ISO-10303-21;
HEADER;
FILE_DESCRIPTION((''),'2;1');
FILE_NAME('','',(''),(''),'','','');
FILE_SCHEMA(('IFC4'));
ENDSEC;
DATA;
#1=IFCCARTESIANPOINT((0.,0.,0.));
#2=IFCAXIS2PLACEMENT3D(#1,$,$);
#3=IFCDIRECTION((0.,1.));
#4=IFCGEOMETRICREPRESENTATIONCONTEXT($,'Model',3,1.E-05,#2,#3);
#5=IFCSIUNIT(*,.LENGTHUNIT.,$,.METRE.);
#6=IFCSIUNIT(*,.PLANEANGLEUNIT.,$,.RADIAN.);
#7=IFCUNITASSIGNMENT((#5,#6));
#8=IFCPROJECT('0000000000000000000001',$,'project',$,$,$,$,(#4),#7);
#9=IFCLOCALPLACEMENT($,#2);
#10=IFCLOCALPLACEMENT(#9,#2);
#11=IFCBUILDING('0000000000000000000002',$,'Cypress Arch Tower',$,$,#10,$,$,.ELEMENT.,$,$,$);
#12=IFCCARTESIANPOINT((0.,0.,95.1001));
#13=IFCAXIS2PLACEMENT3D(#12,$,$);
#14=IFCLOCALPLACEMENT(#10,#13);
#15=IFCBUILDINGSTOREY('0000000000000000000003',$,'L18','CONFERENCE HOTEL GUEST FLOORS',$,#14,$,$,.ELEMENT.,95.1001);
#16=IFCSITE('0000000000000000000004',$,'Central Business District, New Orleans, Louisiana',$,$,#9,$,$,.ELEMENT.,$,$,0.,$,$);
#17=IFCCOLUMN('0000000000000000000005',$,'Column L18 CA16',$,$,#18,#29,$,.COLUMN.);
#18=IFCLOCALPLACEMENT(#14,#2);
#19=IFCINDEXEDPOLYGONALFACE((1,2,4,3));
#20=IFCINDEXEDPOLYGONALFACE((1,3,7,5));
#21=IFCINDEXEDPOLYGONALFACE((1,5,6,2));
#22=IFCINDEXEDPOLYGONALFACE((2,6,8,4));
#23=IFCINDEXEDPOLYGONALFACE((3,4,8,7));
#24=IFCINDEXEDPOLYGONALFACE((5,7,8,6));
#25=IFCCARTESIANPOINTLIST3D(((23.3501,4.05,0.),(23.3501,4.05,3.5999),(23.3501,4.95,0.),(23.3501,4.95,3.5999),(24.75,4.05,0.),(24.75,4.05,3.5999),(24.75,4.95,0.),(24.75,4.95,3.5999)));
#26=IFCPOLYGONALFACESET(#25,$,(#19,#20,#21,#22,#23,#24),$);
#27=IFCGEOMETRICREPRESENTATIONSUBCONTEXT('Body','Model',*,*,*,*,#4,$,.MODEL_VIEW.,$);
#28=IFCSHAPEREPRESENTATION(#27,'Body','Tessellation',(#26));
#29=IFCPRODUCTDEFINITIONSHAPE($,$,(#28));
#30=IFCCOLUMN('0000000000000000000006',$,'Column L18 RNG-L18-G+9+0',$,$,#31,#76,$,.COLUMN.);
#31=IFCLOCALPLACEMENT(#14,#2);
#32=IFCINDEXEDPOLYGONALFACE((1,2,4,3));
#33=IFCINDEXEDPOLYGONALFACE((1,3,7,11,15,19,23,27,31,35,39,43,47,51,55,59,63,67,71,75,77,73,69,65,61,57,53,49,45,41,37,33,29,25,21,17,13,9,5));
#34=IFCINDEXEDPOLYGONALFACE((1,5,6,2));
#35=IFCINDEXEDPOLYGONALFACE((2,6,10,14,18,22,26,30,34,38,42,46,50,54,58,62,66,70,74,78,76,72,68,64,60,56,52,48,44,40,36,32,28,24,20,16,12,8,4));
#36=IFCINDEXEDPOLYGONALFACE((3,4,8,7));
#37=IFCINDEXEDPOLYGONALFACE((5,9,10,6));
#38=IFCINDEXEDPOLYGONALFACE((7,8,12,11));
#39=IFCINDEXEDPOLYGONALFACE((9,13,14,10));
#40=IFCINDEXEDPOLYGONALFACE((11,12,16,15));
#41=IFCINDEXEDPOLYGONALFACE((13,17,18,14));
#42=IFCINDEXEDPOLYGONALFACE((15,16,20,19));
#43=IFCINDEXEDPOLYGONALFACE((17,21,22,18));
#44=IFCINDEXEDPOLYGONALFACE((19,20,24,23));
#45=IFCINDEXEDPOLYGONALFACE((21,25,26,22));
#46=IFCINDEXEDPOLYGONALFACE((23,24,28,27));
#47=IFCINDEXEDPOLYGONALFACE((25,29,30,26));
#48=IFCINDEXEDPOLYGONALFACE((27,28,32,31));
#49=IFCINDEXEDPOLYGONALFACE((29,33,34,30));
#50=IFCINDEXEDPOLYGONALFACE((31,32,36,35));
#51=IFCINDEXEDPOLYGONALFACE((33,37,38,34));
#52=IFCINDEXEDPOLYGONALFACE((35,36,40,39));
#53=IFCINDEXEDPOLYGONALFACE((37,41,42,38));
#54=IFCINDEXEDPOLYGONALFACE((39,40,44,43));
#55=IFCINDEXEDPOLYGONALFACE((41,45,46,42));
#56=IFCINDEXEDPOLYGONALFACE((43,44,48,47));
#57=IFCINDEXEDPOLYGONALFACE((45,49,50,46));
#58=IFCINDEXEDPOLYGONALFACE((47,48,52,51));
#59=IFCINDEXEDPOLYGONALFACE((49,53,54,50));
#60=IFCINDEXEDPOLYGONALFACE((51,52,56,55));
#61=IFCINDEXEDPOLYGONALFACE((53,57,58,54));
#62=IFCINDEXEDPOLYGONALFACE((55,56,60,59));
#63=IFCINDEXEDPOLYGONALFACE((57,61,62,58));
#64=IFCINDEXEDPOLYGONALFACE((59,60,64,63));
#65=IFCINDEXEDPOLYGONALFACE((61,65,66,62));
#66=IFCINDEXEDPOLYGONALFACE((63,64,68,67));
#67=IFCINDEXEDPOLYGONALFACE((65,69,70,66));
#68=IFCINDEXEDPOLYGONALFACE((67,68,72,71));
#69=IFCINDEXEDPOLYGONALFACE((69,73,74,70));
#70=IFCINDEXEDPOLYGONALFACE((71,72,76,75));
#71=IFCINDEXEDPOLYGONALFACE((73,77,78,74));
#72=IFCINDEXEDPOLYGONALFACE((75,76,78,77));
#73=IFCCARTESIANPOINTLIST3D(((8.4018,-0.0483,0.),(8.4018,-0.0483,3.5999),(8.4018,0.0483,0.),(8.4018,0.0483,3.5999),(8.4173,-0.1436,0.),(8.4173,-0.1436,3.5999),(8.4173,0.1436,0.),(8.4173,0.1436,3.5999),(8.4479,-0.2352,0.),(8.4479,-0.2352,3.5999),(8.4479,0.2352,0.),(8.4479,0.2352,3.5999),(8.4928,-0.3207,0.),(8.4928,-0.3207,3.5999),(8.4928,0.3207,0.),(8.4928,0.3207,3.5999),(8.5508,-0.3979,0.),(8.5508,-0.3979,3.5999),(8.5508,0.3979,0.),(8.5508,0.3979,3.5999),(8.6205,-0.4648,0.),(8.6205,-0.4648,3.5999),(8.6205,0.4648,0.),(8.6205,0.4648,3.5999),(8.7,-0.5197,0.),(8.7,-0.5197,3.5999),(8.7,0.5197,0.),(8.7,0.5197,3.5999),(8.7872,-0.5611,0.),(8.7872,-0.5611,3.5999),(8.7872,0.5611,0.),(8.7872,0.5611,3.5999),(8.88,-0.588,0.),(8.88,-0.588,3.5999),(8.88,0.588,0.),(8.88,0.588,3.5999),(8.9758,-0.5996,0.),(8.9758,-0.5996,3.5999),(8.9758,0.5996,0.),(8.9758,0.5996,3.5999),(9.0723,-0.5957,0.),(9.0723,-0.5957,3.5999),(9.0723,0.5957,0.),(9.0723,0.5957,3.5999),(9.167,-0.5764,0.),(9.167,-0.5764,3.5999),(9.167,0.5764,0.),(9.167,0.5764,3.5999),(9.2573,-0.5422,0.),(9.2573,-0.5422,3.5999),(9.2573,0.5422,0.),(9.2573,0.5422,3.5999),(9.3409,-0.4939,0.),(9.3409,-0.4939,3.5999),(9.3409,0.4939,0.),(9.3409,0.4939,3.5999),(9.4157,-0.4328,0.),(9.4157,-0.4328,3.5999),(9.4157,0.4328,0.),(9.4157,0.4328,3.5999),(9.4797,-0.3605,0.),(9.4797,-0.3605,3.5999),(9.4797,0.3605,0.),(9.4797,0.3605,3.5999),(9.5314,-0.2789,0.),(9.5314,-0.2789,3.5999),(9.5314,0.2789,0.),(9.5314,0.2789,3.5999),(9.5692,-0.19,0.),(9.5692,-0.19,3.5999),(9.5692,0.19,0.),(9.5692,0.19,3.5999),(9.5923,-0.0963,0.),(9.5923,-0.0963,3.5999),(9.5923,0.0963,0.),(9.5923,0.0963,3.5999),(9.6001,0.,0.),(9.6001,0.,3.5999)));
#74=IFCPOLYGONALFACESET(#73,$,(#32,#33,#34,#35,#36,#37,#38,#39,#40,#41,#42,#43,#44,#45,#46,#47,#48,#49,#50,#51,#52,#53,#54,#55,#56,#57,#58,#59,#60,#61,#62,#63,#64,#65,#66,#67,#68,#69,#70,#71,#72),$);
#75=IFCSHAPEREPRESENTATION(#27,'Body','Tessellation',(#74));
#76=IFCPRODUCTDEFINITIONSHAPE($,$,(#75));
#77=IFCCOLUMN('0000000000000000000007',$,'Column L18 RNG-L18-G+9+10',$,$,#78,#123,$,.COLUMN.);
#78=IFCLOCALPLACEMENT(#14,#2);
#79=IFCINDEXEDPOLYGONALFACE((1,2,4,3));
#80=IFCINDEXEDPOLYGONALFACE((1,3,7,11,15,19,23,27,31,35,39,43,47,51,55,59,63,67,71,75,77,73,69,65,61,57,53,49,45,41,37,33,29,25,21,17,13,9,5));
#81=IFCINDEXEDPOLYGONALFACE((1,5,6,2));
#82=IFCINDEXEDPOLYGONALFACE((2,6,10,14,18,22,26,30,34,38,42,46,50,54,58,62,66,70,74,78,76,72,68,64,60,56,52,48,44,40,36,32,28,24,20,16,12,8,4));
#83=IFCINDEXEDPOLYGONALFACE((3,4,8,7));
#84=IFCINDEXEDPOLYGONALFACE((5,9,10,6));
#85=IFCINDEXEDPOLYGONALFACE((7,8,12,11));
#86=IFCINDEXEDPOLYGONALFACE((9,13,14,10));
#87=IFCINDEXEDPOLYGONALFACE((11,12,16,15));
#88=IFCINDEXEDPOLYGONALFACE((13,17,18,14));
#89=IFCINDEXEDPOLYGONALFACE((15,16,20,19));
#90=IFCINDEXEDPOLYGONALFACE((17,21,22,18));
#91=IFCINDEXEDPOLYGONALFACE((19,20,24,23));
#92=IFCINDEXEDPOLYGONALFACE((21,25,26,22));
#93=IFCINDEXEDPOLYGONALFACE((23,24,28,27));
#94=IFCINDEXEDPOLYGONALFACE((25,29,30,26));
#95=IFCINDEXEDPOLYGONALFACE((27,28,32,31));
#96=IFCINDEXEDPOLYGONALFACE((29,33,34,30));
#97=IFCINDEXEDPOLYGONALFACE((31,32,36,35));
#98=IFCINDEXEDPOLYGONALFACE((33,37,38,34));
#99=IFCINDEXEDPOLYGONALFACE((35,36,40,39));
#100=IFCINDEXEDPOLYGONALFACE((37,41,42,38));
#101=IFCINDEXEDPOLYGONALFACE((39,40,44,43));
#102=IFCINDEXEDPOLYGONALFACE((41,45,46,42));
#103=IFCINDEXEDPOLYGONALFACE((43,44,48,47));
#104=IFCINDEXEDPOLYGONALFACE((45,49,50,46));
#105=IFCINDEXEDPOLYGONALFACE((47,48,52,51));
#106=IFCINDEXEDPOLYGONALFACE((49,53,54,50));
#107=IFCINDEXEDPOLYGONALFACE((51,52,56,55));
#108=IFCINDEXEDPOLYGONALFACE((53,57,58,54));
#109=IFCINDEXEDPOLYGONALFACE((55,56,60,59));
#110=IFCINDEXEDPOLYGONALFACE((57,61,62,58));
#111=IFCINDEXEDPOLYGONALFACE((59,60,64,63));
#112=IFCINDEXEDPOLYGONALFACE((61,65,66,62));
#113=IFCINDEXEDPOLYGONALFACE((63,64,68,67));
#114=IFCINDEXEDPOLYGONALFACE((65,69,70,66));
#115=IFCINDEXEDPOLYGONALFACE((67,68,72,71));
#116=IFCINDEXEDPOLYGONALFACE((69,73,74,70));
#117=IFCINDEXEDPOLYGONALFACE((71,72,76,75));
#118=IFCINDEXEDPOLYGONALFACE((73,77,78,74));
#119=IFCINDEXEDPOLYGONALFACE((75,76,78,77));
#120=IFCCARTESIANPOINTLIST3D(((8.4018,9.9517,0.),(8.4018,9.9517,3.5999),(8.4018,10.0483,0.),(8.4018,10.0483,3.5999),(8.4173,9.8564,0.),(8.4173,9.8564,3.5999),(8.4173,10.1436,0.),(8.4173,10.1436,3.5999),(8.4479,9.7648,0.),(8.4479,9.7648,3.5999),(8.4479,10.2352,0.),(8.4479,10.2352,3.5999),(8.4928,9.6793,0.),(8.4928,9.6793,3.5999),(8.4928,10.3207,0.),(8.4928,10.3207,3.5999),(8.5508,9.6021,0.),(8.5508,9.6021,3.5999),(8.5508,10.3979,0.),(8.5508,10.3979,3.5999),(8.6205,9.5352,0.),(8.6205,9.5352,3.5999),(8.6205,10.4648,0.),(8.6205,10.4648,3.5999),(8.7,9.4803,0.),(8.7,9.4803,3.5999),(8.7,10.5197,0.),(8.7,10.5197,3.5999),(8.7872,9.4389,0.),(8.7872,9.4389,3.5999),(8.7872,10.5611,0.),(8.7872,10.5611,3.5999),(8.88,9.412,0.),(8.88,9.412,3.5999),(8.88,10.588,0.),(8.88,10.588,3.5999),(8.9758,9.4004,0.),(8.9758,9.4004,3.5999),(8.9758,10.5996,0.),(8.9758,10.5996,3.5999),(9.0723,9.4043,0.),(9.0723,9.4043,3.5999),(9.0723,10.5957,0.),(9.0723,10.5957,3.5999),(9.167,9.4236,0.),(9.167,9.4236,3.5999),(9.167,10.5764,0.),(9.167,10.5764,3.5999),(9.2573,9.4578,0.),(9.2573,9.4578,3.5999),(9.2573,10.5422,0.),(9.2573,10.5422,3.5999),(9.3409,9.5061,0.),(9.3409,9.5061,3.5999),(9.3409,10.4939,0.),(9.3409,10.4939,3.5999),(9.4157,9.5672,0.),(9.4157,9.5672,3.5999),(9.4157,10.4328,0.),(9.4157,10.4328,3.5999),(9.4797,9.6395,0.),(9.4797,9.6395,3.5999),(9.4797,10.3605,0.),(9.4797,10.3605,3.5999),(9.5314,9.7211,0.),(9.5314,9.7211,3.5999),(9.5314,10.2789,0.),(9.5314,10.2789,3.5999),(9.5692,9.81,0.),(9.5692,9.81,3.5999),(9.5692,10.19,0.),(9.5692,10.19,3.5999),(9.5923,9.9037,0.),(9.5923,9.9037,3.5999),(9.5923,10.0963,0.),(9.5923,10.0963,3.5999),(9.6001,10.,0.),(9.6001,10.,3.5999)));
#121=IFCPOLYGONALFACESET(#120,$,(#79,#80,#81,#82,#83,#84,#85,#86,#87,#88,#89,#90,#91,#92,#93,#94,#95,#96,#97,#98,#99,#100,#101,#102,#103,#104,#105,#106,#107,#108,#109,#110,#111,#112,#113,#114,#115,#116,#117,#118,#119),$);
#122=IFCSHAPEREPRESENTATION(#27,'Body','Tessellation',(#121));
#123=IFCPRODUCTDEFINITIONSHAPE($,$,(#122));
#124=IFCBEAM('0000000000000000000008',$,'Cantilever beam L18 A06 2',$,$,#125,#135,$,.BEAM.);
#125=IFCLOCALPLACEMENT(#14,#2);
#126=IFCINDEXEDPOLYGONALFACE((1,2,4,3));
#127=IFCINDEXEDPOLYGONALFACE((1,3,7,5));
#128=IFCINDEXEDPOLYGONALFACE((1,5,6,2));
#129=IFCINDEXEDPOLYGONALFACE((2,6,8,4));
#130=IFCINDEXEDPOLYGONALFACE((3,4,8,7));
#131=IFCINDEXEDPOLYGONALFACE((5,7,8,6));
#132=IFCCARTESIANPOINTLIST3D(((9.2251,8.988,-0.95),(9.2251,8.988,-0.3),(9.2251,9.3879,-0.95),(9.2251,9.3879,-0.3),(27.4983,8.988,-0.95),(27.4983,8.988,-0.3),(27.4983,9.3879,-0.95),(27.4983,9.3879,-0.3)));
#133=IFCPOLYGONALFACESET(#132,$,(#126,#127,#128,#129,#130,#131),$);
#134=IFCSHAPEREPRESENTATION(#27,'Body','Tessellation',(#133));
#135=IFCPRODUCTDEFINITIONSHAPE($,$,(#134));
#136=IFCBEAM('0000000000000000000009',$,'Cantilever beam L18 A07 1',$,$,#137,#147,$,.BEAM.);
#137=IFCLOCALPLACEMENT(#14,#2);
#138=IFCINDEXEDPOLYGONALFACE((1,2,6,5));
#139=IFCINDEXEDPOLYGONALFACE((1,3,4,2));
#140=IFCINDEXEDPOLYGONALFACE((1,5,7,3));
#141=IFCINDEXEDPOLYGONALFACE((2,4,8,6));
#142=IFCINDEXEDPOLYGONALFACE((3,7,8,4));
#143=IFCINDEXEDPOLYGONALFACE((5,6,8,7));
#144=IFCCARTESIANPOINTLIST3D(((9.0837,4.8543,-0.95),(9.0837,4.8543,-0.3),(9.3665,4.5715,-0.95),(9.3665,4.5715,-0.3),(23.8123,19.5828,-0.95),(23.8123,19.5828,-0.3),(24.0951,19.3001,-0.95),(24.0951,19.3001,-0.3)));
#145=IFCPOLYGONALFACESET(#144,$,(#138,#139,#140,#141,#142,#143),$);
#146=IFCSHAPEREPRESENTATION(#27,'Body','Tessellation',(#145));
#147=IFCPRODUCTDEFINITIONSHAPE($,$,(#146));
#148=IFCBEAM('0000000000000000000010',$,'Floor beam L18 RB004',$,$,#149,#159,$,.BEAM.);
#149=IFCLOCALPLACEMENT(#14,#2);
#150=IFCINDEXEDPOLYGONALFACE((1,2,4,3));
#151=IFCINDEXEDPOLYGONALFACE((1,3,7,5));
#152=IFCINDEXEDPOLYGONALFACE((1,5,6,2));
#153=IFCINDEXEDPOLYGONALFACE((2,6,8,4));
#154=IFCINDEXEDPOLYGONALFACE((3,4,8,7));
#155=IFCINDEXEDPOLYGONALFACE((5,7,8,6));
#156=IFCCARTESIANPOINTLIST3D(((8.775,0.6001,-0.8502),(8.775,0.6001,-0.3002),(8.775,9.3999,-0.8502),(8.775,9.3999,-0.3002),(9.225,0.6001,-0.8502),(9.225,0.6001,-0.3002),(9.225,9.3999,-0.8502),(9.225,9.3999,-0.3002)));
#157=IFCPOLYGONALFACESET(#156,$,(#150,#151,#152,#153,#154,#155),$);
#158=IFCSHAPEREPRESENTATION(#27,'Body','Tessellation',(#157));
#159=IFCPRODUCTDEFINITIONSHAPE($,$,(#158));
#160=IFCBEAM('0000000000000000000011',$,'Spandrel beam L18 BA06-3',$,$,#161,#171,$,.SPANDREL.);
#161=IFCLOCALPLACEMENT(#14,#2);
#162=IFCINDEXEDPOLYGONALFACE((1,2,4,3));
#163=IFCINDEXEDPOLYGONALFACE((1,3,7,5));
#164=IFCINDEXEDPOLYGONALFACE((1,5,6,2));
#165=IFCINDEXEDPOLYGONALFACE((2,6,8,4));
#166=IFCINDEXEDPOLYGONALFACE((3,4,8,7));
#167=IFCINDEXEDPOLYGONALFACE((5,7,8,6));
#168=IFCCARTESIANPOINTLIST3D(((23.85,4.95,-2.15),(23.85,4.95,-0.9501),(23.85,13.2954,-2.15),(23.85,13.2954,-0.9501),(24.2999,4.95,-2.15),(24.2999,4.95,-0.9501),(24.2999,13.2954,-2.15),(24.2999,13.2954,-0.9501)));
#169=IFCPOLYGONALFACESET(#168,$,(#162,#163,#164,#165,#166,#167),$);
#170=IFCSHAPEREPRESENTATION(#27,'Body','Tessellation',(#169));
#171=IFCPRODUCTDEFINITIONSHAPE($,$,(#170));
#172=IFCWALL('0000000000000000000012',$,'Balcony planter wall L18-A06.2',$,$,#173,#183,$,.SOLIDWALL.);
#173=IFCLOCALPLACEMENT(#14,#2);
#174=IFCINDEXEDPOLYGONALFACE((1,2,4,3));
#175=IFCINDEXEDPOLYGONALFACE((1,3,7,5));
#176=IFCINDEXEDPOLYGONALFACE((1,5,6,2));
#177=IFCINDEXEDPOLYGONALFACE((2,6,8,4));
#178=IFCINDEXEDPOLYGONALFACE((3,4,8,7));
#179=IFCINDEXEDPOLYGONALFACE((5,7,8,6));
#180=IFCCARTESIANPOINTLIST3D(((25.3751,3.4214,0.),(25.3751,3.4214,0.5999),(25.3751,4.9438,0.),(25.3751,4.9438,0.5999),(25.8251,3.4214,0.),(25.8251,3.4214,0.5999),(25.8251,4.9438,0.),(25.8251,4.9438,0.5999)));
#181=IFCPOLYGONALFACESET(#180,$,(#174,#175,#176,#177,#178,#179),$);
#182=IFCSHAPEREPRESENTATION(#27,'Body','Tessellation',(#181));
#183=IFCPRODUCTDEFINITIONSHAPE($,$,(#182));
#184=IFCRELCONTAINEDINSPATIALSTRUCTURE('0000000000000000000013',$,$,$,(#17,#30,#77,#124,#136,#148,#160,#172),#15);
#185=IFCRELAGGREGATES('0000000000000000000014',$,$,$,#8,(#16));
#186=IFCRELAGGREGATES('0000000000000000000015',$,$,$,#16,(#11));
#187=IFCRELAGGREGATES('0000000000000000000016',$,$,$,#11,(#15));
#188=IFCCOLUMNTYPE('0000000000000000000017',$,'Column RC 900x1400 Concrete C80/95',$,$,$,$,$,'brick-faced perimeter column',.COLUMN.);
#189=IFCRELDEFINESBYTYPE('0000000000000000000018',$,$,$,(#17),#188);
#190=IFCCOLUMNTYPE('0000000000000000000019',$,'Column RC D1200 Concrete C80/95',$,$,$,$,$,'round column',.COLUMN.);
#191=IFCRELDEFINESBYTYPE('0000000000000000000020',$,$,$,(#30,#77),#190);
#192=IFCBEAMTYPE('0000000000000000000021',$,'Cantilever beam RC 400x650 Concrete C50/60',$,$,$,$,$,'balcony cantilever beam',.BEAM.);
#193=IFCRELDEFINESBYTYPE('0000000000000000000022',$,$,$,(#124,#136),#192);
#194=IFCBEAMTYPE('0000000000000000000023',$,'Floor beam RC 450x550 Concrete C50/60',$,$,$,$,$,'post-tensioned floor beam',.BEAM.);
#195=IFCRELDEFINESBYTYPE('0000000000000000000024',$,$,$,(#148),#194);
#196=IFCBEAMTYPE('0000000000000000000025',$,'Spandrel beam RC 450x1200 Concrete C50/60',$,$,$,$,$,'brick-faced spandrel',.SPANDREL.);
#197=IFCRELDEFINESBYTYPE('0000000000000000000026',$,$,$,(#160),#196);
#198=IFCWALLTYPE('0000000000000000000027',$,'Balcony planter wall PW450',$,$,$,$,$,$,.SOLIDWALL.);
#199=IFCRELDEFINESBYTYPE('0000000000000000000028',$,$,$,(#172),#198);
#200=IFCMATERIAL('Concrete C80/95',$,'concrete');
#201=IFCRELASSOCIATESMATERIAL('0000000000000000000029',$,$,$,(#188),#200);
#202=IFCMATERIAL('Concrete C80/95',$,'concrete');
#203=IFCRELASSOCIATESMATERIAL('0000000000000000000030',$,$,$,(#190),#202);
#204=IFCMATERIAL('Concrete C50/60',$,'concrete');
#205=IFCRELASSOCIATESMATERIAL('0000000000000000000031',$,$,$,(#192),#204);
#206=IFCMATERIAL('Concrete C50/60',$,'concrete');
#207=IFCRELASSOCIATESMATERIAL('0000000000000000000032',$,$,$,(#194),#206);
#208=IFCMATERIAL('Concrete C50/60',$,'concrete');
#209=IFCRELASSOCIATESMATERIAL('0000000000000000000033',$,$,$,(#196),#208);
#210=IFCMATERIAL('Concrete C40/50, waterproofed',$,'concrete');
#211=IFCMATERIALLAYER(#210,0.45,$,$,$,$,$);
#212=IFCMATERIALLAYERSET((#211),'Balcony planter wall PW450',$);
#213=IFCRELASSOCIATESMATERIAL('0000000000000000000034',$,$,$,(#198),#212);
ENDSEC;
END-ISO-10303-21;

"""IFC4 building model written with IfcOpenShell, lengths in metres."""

from ifc_helpers import new_model, si_unit, direction, frame, frame_2d, origin, origin_2d, place, context, subcontext, project, spatial, rectangle, circle, extrude, material, layer, layer_set, material_profile, profile_set, type_object, element, save


model = new_model("IFC4")

# Units and contexts
model_context = context("Model", 3, precision=1e-05, world=origin(), true_north=direction((0.0, 1.0)))
body_context = subcontext(model_context, "Body", "Model", "MODEL_VIEW")
ifc_project = project(units=[si_unit("LENGTHUNIT", "METRE"), si_unit("PLANEANGLEUNIT", "RADIAN")], contexts=[model_context])

# Site, building, storey
site_placement = place(None, origin())
site = spatial("IfcSite", under=ifc_project, at=site_placement, Name="Central Business District, New Orleans, Louisiana", CompositionType="ELEMENT", RefElevation=0.0)
building_placement = place(site_placement, origin())
building = spatial("IfcBuilding", under=site, at=building_placement, Name="Cypress Arch Tower", CompositionType="ELEMENT")
storey_placement = place(building_placement, frame((0.0, 0.0, 95.1001)))
storey = spatial("IfcBuildingStorey", under=building, at=storey_placement, Name="L18", Description="CONFERENCE HOTEL GUEST FLOORS", CompositionType="ELEMENT", Elevation=95.1001)

# Columns
ifc_material_1 = material(Name="Concrete C80/95", Category="concrete")
ifc_material_profile_1 = material_profile(ifc_material_1, rectangle(XDim=0.8999, YDim=1.3999, at=origin_2d()), Name="RC 900x1400")
ifc_profile_set_1 = profile_set([ifc_material_profile_1], Name="Concrete C80/95")
column_type_1 = type_object("IfcColumnType", Name="Column RC 900x1400 Concrete C80/95", ElementType="brick-faced perimeter column", PredefinedType="COLUMN", material=ifc_profile_set_1)
column_placement = place(storey_placement, frame((24.05, 4.5, 0.0), z_axis=(0.0, 0.0, 1.0), x_axis=(0.0, 1.0, 0.0)))
element("IfcColumn", 1, at=column_placement, inside=storey, type_object=column_type_1, Name="Column L18 CA16", PredefinedType="COLUMN", context=body_context, shape_type="SweptSolid", body=[
    extrude(rectangle(XDim=0.8999, YDim=1.3999, at=origin_2d()), origin(), (0.0, 0.0, 1.0), 3.5999),
])
ifc_material_2 = material(Name="Concrete C80/95", Category="concrete")
ifc_material_profile_2 = material_profile(ifc_material_2, circle(Radius=0.6001, at=origin_2d()), Name="RC D1200")
ifc_profile_set_2 = profile_set([ifc_material_profile_2], Name="Concrete C80/95")
column_type_2 = type_object("IfcColumnType", Name="Column RC D1200 Concrete C80/95", ElementType="round column", PredefinedType="COLUMN", material=ifc_profile_set_2)
for number, where, z_axis, x_axis, name in (
    (2, (9.0, 0.0, 0.0), (0.0, 0.0, 1.0), (1.0, 0.0, 0.0), "Column L18 RNG-L18-G+9+0"),
    (3, (9.0, 10.0, 0.0), (0.0, 0.0, 1.0), (1.0, 0.0, 0.0), "Column L18 RNG-L18-G+9+10"),
):
    element("IfcColumn", number, at=place(storey_placement, frame(where, z_axis=z_axis, x_axis=x_axis)), inside=storey, type_object=column_type_2, Name=name, PredefinedType="COLUMN", context=body_context, shape_type="SweptSolid", body=[
        extrude(circle(Radius=0.6001, at=origin_2d()), origin(), (0.0, 0.0, 1.0), 3.5999),
    ])

# Beams
ifc_material_3 = material(Name="Concrete C50/60", Category="concrete")
ifc_material_profile_3 = material_profile(ifc_material_3, rectangle(XDim=0.3999, YDim=0.6499, at=origin_2d()), Name="RC 400x650")
ifc_profile_set_3 = profile_set([ifc_material_profile_3], Name="Concrete C50/60")
beam_type_1 = type_object("IfcBeamType", Name="Cantilever beam RC 400x650 Concrete C50/60", ElementType="balcony cantilever beam", PredefinedType="BEAM", material=ifc_profile_set_3)
beam_1_placement = place(storey_placement, frame((9.2251, 9.188, -0.625), z_axis=(1.0, 0.0, 0.0), x_axis=(0.0, 1.0, 0.0)))
element("IfcBeam", 4, at=beam_1_placement, inside=storey, type_object=beam_type_1, Name="Cantilever beam L18 A06 2", PredefinedType="BEAM", context=body_context, shape_type="SweptSolid", body=[
    extrude(rectangle(XDim=0.3999, YDim=0.6499, at=origin_2d()), origin(), (0.0, 0.0, 1.0), 18.2732),
])
beam_2_placement = place(storey_placement, frame((9.2251, 4.7129, -0.625), z_axis=(0.707107, 0.707107, 0.0), x_axis=(-0.707107, 0.707107, 0.0)))
element("IfcBeam", 5, at=beam_2_placement, inside=storey, type_object=beam_type_1, Name="Cantilever beam L18 A07 1", PredefinedType="BEAM", context=body_context, shape_type="SweptSolid", body=[
    extrude(rectangle(XDim=0.3999, YDim=0.6499, at=origin_2d()), origin(), (0.0, 0.0, 1.0), 20.8293),
])
ifc_material_4 = material(Name="Concrete C50/60", Category="concrete")
ifc_material_profile_4 = material_profile(ifc_material_4, rectangle(XDim=0.45, YDim=0.55, at=origin_2d()), Name="RC 450x550")
ifc_profile_set_4 = profile_set([ifc_material_profile_4], Name="Concrete C50/60")
beam_type_2 = type_object("IfcBeamType", Name="Floor beam RC 450x550 Concrete C50/60", ElementType="post-tensioned floor beam", PredefinedType="BEAM", material=ifc_profile_set_4)
beam_3_placement = place(storey_placement, frame((9.0, 0.6001, -0.5752), z_axis=(0.0, 1.0, 0.0), x_axis=(-1.0, 0.0, 0.0)))
element("IfcBeam", 6, at=beam_3_placement, inside=storey, type_object=beam_type_2, Name="Floor beam L18 RB004", PredefinedType="BEAM", context=body_context, shape_type="SweptSolid", body=[
    extrude(rectangle(XDim=0.45, YDim=0.55, at=origin_2d()), origin(), (0.0, 0.0, 1.0), 8.7998),
])
ifc_material_5 = material(Name="Concrete C50/60", Category="concrete")
ifc_material_profile_5 = material_profile(ifc_material_5, rectangle(XDim=0.45, YDim=1.2, at=origin_2d()), Name="RC 450x1200")
ifc_profile_set_5 = profile_set([ifc_material_profile_5], Name="Concrete C50/60")
beam_type_3 = type_object("IfcBeamType", Name="Spandrel beam RC 450x1200 Concrete C50/60", ElementType="brick-faced spandrel", PredefinedType="SPANDREL", material=ifc_profile_set_5)
beam_4_placement = place(storey_placement, frame((24.075, 4.95, -1.55), z_axis=(0.0, 1.0, 0.0), x_axis=(-1.0, 0.0, 0.0)))
element("IfcBeam", 7, at=beam_4_placement, inside=storey, type_object=beam_type_3, Name="Spandrel beam L18 BA06-3", PredefinedType="SPANDREL", context=body_context, shape_type="SweptSolid", body=[
    extrude(rectangle(XDim=0.45, YDim=1.2, at=origin_2d()), origin(), (0.0, 0.0, 1.0), 8.3455),
])

# Wall
ifc_material_6 = material(Name="Concrete C40/50, waterproofed", Category="concrete")
ifc_layer_1 = layer(ifc_material_6, 0.45)
ifc_layer_set_1 = layer_set([ifc_layer_1], Name="Balcony planter wall PW450")
wall_type_1 = type_object("IfcWallType", Name="Balcony planter wall PW450", PredefinedType="SOLIDWALL", material=ifc_layer_set_1)
wall_1_placement = place(storey_placement, frame((25.6001, 3.4214, 0.0), z_axis=(0.0, 0.0, 1.0), x_axis=(0.0, 1.0, 0.0)))
element("IfcWall", 8, at=wall_1_placement, inside=storey, type_object=wall_type_1, Name="Balcony planter wall L18-A06.2", PredefinedType="SOLIDWALL", context=body_context, shape_type="SweptSolid", body=[
    extrude(rectangle(XDim=1.5225, YDim=0.45, at=frame_2d((0.7612, 0.0))), origin(), (0.0, 0.0, 1.0), 0.5999),
])

save(model, "model.ifc")
